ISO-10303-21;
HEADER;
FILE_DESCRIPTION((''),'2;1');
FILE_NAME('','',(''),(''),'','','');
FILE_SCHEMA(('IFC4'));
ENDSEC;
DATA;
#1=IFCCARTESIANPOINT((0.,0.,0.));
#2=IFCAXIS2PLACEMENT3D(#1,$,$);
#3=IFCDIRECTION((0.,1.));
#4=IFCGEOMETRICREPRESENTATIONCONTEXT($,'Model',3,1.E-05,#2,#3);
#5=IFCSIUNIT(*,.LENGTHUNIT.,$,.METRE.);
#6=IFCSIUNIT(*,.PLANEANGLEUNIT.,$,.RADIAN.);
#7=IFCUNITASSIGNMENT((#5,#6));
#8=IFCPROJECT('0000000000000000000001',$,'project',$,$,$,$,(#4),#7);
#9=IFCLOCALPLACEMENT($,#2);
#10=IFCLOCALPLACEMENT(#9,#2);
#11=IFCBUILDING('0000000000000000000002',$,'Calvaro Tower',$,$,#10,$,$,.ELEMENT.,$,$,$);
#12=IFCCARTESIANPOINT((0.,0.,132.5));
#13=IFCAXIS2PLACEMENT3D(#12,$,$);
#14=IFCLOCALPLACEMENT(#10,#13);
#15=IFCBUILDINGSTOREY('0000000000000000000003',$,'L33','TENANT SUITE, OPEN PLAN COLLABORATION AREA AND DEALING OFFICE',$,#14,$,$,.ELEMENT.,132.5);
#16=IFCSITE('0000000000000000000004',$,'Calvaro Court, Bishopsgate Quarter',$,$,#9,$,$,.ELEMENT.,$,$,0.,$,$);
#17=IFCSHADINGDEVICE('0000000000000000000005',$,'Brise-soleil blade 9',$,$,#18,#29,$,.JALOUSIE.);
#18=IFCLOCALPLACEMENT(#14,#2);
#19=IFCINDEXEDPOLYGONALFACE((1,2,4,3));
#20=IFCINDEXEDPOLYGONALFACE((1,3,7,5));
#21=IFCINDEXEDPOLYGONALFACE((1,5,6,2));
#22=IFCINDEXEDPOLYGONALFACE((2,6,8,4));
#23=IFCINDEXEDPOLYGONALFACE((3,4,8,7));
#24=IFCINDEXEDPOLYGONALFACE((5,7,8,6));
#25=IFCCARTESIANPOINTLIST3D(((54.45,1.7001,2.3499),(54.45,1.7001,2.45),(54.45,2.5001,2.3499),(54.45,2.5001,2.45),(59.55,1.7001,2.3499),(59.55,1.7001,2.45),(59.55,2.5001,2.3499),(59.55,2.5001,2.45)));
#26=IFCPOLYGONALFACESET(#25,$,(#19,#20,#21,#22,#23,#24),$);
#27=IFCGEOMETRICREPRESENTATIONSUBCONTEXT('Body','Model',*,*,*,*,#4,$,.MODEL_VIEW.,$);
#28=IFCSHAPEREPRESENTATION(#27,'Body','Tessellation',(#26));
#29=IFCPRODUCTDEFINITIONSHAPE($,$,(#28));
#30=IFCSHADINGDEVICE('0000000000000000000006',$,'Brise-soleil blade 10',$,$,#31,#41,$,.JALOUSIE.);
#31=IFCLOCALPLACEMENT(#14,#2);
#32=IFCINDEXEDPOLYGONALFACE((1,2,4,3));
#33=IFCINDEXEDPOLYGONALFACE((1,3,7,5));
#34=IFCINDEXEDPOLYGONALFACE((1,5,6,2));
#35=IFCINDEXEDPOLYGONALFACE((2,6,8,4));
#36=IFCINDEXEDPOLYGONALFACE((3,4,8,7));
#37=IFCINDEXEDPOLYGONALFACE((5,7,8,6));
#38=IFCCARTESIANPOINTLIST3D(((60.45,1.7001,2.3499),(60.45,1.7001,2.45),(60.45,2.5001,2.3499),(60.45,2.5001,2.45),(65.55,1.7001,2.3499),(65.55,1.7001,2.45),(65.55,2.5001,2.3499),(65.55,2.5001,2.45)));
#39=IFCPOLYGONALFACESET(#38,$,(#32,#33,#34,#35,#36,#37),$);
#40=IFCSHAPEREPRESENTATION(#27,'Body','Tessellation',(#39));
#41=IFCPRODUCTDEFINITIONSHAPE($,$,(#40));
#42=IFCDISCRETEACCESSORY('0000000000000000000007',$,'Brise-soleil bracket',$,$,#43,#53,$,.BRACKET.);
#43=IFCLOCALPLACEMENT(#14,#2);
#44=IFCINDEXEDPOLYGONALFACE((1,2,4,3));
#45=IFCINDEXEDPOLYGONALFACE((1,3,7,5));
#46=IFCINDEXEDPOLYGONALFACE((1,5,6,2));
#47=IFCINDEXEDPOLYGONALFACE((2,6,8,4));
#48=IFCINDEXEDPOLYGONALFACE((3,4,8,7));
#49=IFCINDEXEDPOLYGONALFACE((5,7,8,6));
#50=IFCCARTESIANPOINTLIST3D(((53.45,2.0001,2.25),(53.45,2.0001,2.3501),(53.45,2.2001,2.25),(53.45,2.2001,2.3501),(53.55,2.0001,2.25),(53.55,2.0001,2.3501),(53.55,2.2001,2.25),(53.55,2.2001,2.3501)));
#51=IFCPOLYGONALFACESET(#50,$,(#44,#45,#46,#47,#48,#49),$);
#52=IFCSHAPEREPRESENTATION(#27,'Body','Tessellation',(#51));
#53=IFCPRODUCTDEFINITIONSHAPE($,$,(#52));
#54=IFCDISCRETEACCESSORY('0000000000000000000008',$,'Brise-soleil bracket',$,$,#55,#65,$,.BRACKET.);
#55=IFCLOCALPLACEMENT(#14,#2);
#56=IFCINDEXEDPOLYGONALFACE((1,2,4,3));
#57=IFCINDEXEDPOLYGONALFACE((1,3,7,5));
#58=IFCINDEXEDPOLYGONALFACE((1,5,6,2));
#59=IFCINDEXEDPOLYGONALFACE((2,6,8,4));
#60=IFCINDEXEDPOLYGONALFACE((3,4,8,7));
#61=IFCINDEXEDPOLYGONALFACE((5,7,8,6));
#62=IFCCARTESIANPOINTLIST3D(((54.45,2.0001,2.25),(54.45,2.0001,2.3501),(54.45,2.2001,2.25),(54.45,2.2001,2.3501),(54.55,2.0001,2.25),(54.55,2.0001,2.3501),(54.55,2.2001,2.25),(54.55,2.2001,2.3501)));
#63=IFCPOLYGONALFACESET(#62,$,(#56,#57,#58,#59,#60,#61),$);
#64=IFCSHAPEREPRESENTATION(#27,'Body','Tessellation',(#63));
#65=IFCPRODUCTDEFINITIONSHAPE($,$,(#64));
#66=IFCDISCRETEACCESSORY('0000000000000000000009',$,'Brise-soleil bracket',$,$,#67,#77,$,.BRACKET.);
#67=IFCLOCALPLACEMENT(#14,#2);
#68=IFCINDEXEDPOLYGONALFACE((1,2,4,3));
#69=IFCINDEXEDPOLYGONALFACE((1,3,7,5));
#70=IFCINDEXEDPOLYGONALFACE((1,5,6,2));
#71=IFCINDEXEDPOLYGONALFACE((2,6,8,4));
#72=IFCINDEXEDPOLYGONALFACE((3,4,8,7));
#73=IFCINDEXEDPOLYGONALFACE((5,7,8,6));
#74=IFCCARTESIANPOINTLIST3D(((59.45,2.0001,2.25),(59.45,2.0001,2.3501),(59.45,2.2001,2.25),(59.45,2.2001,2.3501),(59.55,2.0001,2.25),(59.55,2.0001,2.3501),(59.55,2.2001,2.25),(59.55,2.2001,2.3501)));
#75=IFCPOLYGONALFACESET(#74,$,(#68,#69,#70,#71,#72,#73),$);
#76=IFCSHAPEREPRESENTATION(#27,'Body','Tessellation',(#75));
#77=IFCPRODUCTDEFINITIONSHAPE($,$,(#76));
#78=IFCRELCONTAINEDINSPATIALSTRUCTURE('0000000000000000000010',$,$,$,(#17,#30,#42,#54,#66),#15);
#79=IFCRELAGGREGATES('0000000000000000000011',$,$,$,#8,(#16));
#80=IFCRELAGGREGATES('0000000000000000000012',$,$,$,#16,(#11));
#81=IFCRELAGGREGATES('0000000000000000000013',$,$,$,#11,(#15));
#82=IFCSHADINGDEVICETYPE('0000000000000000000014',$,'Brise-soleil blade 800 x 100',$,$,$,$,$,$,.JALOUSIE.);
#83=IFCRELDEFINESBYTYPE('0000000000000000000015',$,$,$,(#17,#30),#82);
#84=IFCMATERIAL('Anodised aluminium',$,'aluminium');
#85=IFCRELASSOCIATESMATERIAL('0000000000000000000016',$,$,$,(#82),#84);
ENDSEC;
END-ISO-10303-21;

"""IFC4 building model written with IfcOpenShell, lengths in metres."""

from ifc_helpers import new_model, si_unit, direction, frame, origin, origin_2d, place, context, subcontext, project, spatial, rectangle, extrude, material, material_profile, profile_set, type_object, element, save


model = new_model("IFC4")

# Units and contexts
model_context = context("Model", 3, precision=1e-05, world=origin(), true_north=direction((0.0, 1.0)))
body_context = subcontext(model_context, "Body", "Model", "MODEL_VIEW")
ifc_project = project(units=[si_unit("LENGTHUNIT", "METRE"), si_unit("PLANEANGLEUNIT", "RADIAN")], contexts=[model_context])

# Site, building, storey
site_placement = place(None, origin())
site = spatial("IfcSite", under=ifc_project, at=site_placement, Name="Calvaro Court, Bishopsgate Quarter", CompositionType="ELEMENT", RefElevation=0.0)
building_placement = place(site_placement, origin())
building = spatial("IfcBuilding", under=site, at=building_placement, Name="Calvaro Tower", CompositionType="ELEMENT")
storey_placement = place(building_placement, frame((0.0, 0.0, 132.5)))
storey = spatial("IfcBuildingStorey", under=building, at=storey_placement, Name="L33", Description="TENANT SUITE, OPEN PLAN COLLABORATION AREA AND DEALING OFFICE", CompositionType="ELEMENT", Elevation=132.5)

# Shading devices
ifc_material_1 = material(Name="Anodised aluminium", Category="aluminium")
ifc_material_profile_1 = material_profile(ifc_material_1, rectangle(XDim=0.8, YDim=0.1001, at=origin_2d()), Name="Brise-soleil blade 800 x 100")
ifc_profile_set_1 = profile_set([ifc_material_profile_1], Name="Anodised aluminium")
shading_device_type = type_object("IfcShadingDeviceType", Name="Brise-soleil blade 800 x 100", PredefinedType="JALOUSIE", material=ifc_profile_set_1)
for number, where, z_axis, x_axis, name in (
    (1, (54.45, 2.1001, 2.3999), (1.0, 0.0, 0.0), (0.0, 1.0, 0.0), "Brise-soleil blade 9"),
    (2, (60.45, 2.1001, 2.3999), (1.0, 0.0, 0.0), (0.0, 1.0, 0.0), "Brise-soleil blade 10"),
):
    element("IfcShadingDevice", number, at=place(storey_placement, frame(where, z_axis=z_axis, x_axis=x_axis)), inside=storey, type_object=shading_device_type, Name=name, PredefinedType="JALOUSIE", context=body_context, shape_type="SweptSolid", body=[
        extrude(rectangle(XDim=0.8, YDim=0.1001, at=origin_2d()), origin(), (0.0, 0.0, 1.0), 5.1001),
    ])

# Discrete accessories
for number, where, z_axis, x_axis, name in (
    (3, (53.5, 2.1001, 2.25), (0.0, 0.0, 1.0), (1.0, 0.0, 0.0), "Brise-soleil bracket"),
    (4, (54.5, 2.1001, 2.25), (0.0, 0.0, 1.0), (1.0, 0.0, 0.0), "Brise-soleil bracket"),
    (5, (59.5, 2.1001, 2.25), (0.0, 0.0, 1.0), (1.0, 0.0, 0.0), "Brise-soleil bracket"),
):
    element("IfcDiscreteAccessory", number, at=place(storey_placement, frame(where, z_axis=z_axis, x_axis=x_axis)), inside=storey, Name=name, PredefinedType="BRACKET", context=body_context, shape_type="SweptSolid", body=[
        extrude(rectangle(XDim=0.1001, YDim=0.2, at=origin_2d()), origin(), (0.0, 0.0, 1.0), 0.1001),
    ])

save(model, "model.ifc")
